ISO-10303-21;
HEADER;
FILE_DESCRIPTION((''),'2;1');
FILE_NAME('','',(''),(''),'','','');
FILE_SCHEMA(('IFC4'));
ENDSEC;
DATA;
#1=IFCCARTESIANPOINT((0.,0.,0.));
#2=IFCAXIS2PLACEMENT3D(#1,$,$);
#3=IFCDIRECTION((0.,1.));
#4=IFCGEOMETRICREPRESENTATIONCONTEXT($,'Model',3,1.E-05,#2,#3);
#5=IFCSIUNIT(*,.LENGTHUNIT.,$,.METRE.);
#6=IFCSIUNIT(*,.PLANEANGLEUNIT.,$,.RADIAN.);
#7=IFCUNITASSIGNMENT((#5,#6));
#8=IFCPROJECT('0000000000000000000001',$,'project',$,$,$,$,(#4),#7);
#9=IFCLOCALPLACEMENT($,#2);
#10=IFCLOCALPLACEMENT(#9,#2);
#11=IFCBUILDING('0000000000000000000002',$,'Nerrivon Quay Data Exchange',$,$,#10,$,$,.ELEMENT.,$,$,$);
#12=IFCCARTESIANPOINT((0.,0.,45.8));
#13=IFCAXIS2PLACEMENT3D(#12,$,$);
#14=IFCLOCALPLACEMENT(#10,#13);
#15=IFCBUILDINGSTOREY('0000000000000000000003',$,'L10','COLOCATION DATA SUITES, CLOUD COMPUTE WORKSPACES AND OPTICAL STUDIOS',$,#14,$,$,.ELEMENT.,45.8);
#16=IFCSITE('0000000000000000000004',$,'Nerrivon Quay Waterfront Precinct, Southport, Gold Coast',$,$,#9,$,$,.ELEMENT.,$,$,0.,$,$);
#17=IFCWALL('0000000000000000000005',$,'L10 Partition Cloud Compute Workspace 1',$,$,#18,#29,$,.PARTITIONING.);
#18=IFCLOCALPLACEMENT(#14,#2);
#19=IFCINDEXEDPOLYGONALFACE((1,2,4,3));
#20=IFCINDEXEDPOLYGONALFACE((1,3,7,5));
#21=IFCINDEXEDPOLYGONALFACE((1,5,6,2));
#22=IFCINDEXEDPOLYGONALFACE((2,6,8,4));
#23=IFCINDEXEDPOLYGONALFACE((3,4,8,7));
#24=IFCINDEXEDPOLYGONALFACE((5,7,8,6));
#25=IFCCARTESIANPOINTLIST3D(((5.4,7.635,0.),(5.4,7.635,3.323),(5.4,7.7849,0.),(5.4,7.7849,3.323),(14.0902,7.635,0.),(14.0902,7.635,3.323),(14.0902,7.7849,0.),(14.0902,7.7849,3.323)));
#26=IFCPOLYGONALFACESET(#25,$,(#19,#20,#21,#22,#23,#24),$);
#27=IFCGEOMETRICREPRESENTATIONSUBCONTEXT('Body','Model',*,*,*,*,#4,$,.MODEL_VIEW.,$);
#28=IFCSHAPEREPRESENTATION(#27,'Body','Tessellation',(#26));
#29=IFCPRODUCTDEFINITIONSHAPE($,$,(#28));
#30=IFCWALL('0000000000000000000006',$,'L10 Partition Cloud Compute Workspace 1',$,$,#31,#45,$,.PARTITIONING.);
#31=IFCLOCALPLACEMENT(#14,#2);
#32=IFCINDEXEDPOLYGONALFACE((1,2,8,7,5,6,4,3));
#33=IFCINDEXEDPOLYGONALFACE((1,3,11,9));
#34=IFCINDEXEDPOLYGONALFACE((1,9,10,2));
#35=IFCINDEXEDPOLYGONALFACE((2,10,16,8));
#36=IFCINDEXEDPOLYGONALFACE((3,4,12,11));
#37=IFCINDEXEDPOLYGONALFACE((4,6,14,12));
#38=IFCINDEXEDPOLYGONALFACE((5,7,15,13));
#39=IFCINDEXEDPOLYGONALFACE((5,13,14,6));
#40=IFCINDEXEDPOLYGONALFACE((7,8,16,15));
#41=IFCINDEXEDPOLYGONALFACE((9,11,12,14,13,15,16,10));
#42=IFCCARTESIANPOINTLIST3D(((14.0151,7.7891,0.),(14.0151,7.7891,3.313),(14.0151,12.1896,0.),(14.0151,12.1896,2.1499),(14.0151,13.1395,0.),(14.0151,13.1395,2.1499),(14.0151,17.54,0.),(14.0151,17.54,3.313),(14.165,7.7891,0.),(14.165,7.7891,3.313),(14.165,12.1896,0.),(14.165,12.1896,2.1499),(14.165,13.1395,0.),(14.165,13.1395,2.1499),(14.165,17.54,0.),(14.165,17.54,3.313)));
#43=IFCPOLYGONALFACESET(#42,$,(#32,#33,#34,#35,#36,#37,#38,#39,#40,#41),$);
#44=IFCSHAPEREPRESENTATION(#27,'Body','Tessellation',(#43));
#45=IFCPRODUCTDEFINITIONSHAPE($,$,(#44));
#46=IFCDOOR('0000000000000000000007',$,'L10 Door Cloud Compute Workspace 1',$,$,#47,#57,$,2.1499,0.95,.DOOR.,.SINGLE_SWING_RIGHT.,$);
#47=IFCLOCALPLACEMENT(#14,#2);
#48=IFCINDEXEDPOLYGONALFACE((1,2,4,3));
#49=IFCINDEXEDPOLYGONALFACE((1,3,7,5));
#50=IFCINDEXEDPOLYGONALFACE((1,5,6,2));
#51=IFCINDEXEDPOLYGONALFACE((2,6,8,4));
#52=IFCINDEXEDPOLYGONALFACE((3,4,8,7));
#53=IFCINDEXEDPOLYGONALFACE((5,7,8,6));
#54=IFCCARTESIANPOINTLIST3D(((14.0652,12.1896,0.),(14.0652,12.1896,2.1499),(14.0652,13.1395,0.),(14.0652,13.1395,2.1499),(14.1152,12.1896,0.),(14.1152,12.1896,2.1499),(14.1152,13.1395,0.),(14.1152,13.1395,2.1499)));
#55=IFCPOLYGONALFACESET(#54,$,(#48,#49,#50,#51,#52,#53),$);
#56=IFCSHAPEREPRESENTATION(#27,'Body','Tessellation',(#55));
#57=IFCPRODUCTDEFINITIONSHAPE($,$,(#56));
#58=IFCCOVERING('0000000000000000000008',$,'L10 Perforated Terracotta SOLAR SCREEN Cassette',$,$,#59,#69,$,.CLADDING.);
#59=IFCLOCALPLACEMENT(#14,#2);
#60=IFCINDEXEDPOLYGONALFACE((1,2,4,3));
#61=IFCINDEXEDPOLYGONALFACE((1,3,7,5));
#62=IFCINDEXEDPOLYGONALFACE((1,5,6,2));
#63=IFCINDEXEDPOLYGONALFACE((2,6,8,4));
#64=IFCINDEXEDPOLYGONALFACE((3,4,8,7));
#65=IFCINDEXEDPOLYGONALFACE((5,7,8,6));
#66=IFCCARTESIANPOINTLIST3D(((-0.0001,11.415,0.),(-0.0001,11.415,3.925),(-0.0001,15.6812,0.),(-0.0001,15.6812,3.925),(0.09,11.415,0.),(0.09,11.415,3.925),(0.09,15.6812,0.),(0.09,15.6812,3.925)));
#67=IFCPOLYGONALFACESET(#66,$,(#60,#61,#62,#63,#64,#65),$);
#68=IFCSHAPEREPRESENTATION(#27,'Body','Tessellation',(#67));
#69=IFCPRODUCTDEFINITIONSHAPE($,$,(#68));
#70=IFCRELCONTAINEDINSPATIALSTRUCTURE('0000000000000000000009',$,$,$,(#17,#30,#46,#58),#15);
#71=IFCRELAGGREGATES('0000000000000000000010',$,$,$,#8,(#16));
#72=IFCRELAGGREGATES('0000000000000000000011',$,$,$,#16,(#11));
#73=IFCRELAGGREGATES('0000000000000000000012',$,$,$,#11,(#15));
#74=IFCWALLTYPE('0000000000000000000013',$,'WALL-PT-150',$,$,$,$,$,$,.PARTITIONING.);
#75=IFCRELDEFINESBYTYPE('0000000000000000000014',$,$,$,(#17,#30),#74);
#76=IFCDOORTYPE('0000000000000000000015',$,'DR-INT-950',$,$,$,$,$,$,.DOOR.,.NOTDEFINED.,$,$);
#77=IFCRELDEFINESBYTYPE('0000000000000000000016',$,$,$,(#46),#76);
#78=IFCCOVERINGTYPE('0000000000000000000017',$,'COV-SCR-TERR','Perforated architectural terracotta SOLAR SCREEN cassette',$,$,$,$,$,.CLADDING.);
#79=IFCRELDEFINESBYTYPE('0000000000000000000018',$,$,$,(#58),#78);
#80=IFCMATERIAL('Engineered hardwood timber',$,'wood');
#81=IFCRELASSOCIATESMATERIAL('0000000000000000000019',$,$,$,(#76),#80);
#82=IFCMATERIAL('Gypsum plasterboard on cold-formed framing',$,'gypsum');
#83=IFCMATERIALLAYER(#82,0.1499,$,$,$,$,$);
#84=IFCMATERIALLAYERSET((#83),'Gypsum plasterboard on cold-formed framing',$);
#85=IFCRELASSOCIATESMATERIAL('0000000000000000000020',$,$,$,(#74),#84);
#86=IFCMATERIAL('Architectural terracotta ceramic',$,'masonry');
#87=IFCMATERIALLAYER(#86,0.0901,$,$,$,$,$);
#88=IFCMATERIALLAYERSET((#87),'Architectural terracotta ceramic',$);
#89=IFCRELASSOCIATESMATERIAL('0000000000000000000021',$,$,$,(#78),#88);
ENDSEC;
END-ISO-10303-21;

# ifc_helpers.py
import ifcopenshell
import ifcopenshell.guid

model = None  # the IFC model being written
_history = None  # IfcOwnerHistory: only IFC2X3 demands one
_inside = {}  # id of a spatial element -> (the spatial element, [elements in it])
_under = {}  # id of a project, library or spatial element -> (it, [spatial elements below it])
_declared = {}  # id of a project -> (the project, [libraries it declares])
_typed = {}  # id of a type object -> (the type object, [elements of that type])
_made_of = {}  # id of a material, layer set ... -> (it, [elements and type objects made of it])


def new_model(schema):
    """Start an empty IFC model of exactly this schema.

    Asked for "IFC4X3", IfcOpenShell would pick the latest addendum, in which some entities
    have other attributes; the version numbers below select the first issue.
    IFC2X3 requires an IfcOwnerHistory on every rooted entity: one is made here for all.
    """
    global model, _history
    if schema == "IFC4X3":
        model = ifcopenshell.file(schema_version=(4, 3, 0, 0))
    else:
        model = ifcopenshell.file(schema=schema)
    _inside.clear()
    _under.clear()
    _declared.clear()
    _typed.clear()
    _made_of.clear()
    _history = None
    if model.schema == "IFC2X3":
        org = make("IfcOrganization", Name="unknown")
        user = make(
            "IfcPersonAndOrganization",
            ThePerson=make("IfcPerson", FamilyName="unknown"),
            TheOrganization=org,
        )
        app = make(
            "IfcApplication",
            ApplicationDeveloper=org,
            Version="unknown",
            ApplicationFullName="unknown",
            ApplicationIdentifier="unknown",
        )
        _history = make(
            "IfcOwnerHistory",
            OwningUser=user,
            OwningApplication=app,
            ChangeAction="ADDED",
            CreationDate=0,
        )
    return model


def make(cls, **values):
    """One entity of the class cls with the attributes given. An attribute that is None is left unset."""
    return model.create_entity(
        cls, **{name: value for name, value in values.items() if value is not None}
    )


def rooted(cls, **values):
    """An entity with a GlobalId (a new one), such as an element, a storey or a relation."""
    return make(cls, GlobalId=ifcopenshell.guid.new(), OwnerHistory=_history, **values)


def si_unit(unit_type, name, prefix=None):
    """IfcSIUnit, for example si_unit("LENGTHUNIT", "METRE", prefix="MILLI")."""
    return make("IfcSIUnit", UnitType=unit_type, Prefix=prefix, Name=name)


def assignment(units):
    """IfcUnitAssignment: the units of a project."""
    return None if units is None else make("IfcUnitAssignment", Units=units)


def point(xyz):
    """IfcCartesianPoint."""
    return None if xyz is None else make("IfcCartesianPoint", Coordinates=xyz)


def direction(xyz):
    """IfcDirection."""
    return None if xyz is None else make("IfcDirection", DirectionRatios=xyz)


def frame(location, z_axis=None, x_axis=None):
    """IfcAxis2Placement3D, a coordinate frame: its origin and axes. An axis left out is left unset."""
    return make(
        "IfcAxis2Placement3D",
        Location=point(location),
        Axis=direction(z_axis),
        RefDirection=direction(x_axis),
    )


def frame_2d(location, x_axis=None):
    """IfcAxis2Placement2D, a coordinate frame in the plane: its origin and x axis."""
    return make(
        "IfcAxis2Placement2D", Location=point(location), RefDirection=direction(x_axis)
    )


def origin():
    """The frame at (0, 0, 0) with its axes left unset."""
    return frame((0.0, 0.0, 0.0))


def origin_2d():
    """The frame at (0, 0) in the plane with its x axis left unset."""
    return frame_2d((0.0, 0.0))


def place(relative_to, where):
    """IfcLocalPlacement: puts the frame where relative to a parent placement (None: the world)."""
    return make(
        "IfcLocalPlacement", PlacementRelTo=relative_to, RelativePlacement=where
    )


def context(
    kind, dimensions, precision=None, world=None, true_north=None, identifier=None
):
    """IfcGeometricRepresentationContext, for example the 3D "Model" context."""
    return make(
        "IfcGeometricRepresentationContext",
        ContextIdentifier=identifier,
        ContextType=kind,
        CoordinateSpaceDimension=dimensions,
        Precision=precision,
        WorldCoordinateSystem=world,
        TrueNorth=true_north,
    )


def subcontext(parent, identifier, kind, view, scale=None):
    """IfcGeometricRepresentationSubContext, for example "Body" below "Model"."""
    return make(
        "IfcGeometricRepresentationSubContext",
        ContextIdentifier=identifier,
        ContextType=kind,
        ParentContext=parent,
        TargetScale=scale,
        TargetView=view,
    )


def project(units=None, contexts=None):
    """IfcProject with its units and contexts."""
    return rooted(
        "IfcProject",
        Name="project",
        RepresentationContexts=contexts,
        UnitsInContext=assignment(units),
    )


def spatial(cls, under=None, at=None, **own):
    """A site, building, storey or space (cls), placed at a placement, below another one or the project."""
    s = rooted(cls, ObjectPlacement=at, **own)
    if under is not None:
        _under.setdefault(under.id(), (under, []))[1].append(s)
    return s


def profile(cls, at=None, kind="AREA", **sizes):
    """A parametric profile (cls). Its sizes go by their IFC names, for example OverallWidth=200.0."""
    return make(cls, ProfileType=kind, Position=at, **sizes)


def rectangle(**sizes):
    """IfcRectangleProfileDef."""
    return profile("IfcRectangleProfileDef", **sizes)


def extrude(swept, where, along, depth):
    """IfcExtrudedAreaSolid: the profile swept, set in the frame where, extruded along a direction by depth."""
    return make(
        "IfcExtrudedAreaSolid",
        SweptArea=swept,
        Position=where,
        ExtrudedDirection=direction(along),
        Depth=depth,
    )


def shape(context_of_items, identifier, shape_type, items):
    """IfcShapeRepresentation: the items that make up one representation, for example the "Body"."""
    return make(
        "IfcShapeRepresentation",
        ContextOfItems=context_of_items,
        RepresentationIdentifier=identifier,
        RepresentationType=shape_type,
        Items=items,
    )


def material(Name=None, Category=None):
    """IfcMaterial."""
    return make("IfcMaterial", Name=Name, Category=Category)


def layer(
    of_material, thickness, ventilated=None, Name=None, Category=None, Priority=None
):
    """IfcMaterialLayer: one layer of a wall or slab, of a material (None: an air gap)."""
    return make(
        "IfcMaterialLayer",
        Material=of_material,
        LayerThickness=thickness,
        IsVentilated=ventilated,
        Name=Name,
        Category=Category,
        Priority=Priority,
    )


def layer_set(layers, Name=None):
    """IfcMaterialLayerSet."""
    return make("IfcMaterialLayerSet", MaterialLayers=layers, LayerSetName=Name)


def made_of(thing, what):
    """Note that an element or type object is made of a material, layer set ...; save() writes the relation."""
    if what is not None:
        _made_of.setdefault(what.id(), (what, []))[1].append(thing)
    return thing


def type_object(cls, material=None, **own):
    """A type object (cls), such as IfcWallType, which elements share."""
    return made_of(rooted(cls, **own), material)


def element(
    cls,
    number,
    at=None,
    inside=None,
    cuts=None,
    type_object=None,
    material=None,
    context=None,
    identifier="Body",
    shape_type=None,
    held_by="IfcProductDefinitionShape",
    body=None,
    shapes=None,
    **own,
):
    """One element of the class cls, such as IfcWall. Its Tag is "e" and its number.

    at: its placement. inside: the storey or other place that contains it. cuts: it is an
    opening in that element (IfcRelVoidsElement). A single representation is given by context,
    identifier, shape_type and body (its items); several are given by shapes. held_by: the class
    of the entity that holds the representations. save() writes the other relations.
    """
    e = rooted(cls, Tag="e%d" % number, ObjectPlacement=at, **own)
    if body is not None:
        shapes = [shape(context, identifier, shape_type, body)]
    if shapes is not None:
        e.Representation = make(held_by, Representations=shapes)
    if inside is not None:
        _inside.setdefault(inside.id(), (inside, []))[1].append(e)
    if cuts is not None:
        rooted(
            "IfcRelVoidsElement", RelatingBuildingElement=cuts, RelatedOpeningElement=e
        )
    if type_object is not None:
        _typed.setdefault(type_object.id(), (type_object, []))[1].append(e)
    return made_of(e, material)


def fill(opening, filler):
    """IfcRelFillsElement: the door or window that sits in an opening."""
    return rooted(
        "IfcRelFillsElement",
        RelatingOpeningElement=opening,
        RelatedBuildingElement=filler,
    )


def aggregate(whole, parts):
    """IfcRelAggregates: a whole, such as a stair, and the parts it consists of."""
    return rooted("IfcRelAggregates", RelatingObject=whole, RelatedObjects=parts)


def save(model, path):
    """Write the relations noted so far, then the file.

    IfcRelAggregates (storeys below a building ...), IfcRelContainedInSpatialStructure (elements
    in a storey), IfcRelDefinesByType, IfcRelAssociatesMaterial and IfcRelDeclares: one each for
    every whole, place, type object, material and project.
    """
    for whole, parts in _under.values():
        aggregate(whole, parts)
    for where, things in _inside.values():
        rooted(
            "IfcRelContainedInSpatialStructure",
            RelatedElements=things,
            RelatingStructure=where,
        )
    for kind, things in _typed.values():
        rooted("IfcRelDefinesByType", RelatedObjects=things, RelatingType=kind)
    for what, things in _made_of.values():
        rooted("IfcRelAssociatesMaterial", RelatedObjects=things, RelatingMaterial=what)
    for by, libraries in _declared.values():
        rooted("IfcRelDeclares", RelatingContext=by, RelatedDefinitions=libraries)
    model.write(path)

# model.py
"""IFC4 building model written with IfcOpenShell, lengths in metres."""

from ifc_helpers import new_model, si_unit, direction, frame, frame_2d, origin, origin_2d, place, context, subcontext, project, spatial, rectangle, extrude, material, layer, layer_set, type_object, element, fill, save


model = new_model("IFC4")

# Units and contexts
model_context = context("Model", 3, precision=1e-05, world=origin(), true_north=direction((0.0, 1.0)))
body_context = subcontext(model_context, "Body", "Model", "MODEL_VIEW")
ifc_project = project(units=[si_unit("LENGTHUNIT", "METRE"), si_unit("PLANEANGLEUNIT", "RADIAN")], contexts=[model_context])

# Site, building, storey
site_placement = place(None, origin())
site = spatial("IfcSite", under=ifc_project, at=site_placement, Name="Nerrivon Quay Waterfront Precinct, Southport, Gold Coast", CompositionType="ELEMENT", RefElevation=0.0)
building_placement = place(site_placement, origin())
building = spatial("IfcBuilding", under=site, at=building_placement, Name="Nerrivon Quay Data Exchange", CompositionType="ELEMENT")
storey_placement = place(building_placement, frame((0.0, 0.0, 45.8)))
storey = spatial("IfcBuildingStorey", under=building, at=storey_placement, Name="L10", Description="COLOCATION DATA SUITES, CLOUD COMPUTE WORKSPACES AND OPTICAL STUDIOS", CompositionType="ELEMENT", Elevation=45.8)

# Shared definitions
ifc_material_1 = material(Name="Gypsum plasterboard on cold-formed framing", Category="gypsum")

# Shared definitions
ifc_material_2 = material(Name="Engineered hardwood timber", Category="wood")
door_type_1 = type_object("IfcDoorType", Name="DR-INT-950", OperationType="NOTDEFINED", PredefinedType="DOOR", material=ifc_material_2)

# Wall
ifc_layer_1 = layer(ifc_material_1, 0.1499)
ifc_layer_set_1 = layer_set([ifc_layer_1], Name="Gypsum plasterboard on cold-formed framing")
wall_type_1 = type_object("IfcWallType", Name="WALL-PT-150", PredefinedType="PARTITIONING", material=ifc_layer_set_1)
wall_1_placement = place(storey_placement, frame((5.3999, 7.71, 0.0), z_axis=(0.0, 0.0, 1.0), x_axis=(1.0, 0.0, 0.0)))
element("IfcWall", 1, at=wall_1_placement, inside=storey, type_object=wall_type_1, Name="L10 Partition Cloud Compute Workspace 1", PredefinedType="PARTITIONING", context=body_context, shape_type="SweptSolid", body=[
    extrude(rectangle(XDim=8.6902, YDim=0.1499, at=frame_2d((4.3452, 0.0))), origin(), (0.0, 0.0, 1.0), 3.323),
])

# Wall, opening, door
wall_2_placement = place(storey_placement, frame((14.0901, 7.7891, 0.0), z_axis=(0.0, 0.0, 1.0), x_axis=(0.0, 1.0, 0.0)))
wall_2 = element("IfcWall", 2, at=wall_2_placement, inside=storey, type_object=wall_type_1, Name="L10 Partition Cloud Compute Workspace 1", PredefinedType="PARTITIONING", context=body_context, shape_type="SweptSolid", body=[
    extrude(rectangle(XDim=9.751, YDim=0.1499, at=frame_2d((4.8755, 0.0))), origin(), (0.0, 0.0, 1.0), 3.313),
])
opening_1_placement = place(wall_2_placement, frame((4.4004, 0.0, 0.0)))
opening_1 = element("IfcOpeningElement", 3, at=opening_1_placement, cuts=wall_2, PredefinedType="OPENING", context=body_context, shape_type="SweptSolid", body=[
    extrude(rectangle(XDim=0.95, YDim=2.1499, at=frame_2d((0.4751, 1.075))), frame((0.0, 0.085, 0.0), z_axis=(0.0, -1.0, 0.0), x_axis=(1.0, 0.0, 0.0)), (0.0, 0.0, 1.0), 0.1699),
])
door_1_placement = place(opening_1_placement, origin())
door_1 = element("IfcDoor", 4, at=door_1_placement, inside=storey, type_object=door_type_1, Name="L10 Door Cloud Compute Workspace 1", OperationType="SINGLE_SWING_RIGHT", OverallHeight=2.1499, OverallWidth=0.95, PredefinedType="DOOR", context=body_context, shape_type="SweptSolid", body=[
    extrude(rectangle(XDim=0.95, YDim=2.1499, at=frame_2d((0.4751, 1.075))), frame((0.0, 0.0249, 0.0), z_axis=(0.0, -1.0, 0.0), x_axis=(1.0, 0.0, 0.0)), (0.0, 0.0, 1.0), 0.05),
])
fill(opening_1, door_1)

# Covering
ifc_material_3 = material(Name="Architectural terracotta ceramic", Category="masonry")
ifc_layer_2 = layer(ifc_material_3, 0.0901)
ifc_layer_set_2 = layer_set([ifc_layer_2], Name="Architectural terracotta ceramic")
covering_type = type_object("IfcCoveringType", Name="COV-SCR-TERR", Description="Perforated architectural terracotta SOLAR SCREEN cassette", PredefinedType="CLADDING", material=ifc_layer_set_2)
covering_placement = place(storey_placement, frame((0.0449, 13.5481, 0.0), z_axis=(0.0, 0.0, 1.0), x_axis=(0.0, 1.0, 0.0)))
element("IfcCovering", 5, at=covering_placement, inside=storey, type_object=covering_type, Name="L10 Perforated Terracotta SOLAR SCREEN Cassette", PredefinedType="CLADDING", context=body_context, shape_type="SweptSolid", body=[
    extrude(rectangle(XDim=4.2661, YDim=0.0901, at=origin_2d()), origin(), (0.0, 0.0, 1.0), 3.925),
])

save(model, "model.ifc")
